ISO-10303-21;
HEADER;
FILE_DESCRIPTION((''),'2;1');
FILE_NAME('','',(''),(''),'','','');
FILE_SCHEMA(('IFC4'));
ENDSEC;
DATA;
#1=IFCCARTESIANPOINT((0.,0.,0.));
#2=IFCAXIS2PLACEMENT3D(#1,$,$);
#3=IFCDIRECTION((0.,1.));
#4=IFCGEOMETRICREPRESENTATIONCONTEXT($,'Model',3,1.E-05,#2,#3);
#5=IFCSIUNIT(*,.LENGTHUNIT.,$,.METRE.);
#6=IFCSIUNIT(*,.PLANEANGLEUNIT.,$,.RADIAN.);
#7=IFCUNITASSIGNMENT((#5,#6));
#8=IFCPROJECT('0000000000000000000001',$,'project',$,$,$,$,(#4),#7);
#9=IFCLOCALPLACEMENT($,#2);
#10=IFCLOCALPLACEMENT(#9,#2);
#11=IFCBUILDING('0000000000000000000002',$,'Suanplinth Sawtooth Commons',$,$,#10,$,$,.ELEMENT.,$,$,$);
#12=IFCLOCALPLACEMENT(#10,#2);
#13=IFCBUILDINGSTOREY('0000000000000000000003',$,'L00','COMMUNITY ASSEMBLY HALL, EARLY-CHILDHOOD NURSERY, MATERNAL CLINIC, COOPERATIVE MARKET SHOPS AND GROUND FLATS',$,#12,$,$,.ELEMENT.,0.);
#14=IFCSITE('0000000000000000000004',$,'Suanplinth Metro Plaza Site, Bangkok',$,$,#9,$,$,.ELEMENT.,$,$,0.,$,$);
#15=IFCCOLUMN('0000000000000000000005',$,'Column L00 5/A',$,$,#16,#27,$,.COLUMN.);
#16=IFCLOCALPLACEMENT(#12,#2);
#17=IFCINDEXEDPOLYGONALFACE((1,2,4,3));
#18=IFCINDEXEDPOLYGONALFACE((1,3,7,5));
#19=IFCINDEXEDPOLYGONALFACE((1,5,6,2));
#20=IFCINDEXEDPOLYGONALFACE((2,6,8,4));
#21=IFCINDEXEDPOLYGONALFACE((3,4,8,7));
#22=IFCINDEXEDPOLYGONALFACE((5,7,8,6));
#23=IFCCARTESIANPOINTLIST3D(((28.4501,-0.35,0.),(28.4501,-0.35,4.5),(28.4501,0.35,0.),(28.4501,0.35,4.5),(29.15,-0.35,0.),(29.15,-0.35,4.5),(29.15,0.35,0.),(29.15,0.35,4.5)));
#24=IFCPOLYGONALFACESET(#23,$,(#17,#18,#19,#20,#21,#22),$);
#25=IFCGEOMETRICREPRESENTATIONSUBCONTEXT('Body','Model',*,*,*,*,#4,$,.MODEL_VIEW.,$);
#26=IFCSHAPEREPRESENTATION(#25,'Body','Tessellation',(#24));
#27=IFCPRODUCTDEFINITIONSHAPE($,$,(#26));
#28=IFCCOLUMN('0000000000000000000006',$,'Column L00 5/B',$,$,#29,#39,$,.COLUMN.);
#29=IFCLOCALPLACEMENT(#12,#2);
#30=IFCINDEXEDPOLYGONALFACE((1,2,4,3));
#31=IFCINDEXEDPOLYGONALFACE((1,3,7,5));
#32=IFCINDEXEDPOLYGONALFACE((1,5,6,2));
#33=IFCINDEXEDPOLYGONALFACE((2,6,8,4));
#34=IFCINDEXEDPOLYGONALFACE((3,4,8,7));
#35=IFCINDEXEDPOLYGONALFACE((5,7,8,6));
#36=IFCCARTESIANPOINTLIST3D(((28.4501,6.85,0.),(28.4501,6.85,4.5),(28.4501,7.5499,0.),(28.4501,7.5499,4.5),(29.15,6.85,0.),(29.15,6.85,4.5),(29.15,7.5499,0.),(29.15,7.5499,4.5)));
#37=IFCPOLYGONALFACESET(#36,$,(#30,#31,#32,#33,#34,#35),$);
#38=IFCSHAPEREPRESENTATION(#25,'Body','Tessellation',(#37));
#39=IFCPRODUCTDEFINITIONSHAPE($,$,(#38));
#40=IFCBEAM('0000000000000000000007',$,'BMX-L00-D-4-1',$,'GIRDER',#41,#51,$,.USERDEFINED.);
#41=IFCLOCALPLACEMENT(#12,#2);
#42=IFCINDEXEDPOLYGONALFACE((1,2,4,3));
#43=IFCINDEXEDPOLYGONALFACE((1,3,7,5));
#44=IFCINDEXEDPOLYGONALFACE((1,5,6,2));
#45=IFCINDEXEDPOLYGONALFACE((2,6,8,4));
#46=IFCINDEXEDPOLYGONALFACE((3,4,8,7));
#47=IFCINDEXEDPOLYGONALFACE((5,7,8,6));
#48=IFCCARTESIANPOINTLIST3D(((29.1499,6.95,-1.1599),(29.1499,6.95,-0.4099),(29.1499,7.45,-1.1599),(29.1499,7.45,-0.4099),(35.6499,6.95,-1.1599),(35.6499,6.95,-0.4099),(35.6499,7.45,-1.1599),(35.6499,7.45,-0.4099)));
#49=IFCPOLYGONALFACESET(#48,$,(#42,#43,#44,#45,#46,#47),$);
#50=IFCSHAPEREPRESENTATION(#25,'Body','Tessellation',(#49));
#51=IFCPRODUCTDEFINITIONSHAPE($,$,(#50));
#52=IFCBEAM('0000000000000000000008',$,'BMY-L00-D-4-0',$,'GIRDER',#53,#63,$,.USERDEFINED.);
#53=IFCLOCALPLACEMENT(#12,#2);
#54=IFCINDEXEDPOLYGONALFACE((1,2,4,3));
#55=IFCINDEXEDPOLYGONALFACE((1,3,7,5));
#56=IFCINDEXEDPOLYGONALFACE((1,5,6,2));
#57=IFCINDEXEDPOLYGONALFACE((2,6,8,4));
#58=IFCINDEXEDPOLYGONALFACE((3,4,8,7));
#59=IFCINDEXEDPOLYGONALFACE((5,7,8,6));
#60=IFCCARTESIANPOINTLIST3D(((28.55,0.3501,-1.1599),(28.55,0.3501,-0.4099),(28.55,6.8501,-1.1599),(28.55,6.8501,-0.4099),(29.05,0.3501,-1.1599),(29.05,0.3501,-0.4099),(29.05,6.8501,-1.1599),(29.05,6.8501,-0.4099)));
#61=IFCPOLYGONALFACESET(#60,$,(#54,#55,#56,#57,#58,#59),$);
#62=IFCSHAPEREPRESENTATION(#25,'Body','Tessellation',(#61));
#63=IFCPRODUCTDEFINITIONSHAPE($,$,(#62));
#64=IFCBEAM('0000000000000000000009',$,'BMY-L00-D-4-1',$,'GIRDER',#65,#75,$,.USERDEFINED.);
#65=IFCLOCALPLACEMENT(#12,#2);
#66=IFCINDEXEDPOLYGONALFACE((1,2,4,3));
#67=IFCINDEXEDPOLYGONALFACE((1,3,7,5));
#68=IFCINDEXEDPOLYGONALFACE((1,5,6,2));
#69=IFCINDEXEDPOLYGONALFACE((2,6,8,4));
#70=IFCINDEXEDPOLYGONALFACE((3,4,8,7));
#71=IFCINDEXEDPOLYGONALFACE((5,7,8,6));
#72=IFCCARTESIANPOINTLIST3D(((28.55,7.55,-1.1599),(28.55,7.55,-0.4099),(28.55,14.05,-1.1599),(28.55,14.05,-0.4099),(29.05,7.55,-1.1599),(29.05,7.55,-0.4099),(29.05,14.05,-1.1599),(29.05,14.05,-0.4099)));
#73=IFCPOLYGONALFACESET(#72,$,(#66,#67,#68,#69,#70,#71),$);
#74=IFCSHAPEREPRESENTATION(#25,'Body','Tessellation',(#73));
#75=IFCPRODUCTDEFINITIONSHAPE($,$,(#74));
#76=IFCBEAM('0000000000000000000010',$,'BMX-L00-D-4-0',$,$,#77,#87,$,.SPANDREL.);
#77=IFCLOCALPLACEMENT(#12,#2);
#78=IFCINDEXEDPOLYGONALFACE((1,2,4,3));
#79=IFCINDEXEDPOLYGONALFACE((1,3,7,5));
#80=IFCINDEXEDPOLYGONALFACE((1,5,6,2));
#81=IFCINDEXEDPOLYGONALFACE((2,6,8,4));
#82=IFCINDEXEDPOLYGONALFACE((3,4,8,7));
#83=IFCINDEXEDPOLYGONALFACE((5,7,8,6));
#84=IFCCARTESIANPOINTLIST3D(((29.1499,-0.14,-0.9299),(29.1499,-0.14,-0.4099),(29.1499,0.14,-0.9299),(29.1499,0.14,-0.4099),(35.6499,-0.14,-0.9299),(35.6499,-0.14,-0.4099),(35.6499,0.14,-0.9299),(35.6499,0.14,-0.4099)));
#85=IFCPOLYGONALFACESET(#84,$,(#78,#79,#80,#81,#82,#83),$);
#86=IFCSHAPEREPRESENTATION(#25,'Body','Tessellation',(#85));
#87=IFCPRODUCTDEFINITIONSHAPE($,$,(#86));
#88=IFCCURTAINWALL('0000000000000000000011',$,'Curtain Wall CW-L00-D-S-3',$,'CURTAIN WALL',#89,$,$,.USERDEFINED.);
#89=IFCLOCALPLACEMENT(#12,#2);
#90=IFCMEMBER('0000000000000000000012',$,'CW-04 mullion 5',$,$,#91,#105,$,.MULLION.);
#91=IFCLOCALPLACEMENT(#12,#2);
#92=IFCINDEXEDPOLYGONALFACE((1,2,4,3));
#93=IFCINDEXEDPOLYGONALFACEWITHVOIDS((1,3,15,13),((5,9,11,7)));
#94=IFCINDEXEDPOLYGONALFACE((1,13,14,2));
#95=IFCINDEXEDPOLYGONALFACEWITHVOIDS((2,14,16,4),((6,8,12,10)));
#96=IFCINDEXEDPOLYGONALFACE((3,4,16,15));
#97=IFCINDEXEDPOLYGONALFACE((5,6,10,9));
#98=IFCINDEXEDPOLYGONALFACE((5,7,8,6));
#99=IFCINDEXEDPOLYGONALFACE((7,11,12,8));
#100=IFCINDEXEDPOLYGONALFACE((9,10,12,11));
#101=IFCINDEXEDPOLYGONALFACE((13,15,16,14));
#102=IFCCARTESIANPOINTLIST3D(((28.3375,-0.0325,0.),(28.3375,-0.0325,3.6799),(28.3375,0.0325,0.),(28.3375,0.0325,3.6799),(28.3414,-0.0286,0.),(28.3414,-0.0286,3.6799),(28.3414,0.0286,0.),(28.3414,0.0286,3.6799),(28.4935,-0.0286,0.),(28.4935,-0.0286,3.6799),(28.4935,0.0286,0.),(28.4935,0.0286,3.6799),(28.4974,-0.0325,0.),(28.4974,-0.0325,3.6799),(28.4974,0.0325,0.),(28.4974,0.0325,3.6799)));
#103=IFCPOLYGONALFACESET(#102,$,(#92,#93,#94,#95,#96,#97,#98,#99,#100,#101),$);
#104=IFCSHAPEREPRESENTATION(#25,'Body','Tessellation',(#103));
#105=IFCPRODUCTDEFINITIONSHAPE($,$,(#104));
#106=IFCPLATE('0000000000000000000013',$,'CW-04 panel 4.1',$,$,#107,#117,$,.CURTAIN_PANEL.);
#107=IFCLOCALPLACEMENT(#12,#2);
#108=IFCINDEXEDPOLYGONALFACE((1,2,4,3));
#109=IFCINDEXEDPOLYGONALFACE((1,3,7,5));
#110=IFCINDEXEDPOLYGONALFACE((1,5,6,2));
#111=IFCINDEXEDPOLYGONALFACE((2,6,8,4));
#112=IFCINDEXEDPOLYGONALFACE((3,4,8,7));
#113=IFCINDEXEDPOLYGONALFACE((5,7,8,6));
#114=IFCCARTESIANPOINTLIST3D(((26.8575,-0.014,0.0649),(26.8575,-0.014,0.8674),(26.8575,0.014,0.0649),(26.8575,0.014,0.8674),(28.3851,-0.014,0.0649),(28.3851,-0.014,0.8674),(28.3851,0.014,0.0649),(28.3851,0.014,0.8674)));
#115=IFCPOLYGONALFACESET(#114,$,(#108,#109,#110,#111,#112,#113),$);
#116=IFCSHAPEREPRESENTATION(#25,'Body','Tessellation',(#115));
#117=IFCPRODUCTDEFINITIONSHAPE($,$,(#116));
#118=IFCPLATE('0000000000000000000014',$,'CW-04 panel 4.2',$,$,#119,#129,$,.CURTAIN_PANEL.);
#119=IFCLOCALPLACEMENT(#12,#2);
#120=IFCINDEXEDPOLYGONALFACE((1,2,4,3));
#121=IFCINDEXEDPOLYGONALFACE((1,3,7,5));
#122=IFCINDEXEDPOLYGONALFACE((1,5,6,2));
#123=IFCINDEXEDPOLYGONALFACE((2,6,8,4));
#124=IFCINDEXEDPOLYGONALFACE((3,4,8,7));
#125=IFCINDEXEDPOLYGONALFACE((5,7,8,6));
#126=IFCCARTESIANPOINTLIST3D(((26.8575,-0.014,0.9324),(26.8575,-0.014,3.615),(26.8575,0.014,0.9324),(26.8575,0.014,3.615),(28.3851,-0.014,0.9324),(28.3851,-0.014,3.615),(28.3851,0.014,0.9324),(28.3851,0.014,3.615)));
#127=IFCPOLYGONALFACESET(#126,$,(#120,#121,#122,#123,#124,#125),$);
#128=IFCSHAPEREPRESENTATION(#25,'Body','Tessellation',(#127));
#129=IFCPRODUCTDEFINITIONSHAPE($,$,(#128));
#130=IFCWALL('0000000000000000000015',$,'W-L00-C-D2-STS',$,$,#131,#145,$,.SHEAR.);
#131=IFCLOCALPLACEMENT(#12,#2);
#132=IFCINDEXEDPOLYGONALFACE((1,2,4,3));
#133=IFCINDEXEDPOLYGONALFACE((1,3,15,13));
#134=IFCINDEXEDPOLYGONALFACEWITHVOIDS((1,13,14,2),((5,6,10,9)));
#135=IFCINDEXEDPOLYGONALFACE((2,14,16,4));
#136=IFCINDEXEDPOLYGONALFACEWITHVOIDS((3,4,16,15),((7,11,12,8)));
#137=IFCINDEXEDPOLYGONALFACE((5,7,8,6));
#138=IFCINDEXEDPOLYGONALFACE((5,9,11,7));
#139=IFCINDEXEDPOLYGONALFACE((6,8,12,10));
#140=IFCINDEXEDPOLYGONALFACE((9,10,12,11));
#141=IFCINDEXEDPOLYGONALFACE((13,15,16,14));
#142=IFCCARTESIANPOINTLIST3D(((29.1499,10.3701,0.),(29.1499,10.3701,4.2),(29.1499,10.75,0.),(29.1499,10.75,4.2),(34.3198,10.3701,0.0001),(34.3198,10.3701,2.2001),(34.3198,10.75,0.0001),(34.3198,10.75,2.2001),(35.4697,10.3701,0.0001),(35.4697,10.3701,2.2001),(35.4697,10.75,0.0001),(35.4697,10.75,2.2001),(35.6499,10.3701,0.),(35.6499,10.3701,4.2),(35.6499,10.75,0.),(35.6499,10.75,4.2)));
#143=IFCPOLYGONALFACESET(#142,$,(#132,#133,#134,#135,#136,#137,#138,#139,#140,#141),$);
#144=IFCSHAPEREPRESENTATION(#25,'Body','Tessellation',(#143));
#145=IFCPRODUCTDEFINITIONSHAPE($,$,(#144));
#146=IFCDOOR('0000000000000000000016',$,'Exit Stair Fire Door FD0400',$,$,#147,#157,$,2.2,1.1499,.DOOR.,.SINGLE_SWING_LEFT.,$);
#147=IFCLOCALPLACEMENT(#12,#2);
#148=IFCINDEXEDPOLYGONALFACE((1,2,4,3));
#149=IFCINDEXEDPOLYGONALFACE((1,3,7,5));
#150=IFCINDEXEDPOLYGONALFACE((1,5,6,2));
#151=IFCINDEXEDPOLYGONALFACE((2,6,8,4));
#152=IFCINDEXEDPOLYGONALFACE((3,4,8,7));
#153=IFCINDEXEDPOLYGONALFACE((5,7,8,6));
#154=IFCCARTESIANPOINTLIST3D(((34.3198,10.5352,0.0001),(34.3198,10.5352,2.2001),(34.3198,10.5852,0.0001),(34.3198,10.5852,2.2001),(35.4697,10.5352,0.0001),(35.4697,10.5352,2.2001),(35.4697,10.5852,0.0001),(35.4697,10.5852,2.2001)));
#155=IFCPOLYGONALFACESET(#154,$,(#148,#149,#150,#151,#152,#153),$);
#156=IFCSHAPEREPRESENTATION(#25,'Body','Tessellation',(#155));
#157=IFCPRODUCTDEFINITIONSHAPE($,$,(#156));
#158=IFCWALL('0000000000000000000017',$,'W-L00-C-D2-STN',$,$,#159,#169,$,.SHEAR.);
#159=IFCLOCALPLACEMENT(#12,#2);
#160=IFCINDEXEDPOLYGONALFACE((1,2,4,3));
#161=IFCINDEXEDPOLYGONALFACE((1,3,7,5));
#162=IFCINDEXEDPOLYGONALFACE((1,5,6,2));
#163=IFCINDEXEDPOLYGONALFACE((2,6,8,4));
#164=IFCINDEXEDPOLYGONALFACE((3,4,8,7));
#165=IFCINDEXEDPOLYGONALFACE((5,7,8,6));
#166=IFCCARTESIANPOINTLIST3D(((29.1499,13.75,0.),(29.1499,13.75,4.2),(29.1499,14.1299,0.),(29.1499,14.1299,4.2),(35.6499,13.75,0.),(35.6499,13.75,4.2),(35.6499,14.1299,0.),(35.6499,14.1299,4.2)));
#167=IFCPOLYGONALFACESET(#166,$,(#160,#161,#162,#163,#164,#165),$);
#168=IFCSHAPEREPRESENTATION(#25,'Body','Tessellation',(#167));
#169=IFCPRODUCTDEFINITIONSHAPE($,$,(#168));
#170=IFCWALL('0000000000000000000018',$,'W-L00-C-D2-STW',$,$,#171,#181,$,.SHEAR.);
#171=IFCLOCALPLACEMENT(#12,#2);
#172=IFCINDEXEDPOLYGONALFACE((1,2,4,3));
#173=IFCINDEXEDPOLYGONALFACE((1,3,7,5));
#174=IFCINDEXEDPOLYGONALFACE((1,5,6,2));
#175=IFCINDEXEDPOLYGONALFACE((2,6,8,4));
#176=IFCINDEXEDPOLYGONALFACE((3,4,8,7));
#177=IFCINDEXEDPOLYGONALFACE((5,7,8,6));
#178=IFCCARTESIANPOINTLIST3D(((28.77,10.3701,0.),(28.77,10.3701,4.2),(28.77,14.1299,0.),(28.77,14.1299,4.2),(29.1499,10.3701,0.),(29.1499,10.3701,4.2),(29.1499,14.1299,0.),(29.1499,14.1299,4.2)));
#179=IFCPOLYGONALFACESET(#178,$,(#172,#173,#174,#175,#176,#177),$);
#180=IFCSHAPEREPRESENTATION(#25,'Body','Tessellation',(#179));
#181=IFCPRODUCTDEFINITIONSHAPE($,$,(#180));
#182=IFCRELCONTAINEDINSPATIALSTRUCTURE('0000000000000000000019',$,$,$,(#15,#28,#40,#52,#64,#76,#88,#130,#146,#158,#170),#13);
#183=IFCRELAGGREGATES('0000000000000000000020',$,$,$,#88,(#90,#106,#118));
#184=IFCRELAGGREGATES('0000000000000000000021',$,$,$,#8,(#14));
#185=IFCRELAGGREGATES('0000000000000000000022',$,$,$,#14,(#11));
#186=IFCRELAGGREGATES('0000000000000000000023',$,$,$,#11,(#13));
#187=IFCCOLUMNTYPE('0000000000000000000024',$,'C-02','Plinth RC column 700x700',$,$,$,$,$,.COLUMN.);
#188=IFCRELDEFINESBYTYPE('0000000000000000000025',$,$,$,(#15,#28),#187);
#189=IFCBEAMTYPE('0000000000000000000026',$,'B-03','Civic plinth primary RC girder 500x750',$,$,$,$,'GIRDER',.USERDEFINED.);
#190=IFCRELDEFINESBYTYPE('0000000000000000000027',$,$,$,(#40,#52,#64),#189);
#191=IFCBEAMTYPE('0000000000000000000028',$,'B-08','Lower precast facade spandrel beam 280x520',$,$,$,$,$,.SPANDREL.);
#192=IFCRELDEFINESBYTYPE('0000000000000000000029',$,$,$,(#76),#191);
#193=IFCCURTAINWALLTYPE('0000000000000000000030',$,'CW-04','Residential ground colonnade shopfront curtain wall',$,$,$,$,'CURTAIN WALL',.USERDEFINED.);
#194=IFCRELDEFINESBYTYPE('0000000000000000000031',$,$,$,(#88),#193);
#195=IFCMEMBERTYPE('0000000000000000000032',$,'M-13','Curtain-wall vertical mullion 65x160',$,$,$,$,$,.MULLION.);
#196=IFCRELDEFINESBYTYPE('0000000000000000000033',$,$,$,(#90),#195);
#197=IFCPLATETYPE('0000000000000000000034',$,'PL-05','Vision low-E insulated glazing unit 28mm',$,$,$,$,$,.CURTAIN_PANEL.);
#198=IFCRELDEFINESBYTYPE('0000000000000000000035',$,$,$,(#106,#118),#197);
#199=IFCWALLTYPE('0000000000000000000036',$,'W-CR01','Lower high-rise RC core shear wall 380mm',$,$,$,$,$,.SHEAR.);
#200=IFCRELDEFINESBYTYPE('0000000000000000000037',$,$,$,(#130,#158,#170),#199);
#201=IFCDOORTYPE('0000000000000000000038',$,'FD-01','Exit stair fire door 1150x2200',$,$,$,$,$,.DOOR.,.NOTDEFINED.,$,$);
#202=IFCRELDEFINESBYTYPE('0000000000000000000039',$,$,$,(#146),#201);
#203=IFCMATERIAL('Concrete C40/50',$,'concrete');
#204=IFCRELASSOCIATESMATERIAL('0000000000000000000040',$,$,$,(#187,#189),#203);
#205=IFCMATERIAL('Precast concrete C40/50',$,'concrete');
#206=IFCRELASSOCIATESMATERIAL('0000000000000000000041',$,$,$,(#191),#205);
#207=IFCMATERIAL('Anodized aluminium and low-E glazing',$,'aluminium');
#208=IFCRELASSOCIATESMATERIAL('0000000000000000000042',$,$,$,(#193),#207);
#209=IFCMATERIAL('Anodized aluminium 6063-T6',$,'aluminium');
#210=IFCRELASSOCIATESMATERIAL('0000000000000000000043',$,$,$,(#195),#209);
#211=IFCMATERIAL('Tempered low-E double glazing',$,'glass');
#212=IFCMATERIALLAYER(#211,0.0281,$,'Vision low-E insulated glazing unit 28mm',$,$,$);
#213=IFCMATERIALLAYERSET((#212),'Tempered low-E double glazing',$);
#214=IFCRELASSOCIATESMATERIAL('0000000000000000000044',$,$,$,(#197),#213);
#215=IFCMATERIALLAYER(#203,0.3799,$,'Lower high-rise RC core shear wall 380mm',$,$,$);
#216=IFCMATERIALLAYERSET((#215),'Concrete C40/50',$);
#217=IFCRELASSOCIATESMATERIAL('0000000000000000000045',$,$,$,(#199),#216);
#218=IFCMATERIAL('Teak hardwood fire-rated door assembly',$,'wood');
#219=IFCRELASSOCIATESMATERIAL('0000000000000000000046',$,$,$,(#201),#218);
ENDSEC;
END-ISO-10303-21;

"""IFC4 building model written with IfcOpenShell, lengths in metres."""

from ifc_helpers import new_model, si_unit, direction, frame, frame_2d, origin, origin_2d, place, context, subcontext, project, spatial, rectangle, hollow_rectangle, extrude, material, layer, layer_set, material_profile, profile_set, type_object, element, fill, aggregate, save


model = new_model("IFC4")

# Units and contexts
model_context = context("Model", 3, precision=1e-05, world=origin(), true_north=direction((0.0, 1.0)))
body_context = subcontext(model_context, "Body", "Model", "MODEL_VIEW")
ifc_project = project(units=[si_unit("LENGTHUNIT", "METRE"), si_unit("PLANEANGLEUNIT", "RADIAN")], contexts=[model_context])

# Site, building, storey
site_placement = place(None, origin())
site = spatial("IfcSite", under=ifc_project, at=site_placement, Name="Suanplinth Metro Plaza Site, Bangkok", CompositionType="ELEMENT", RefElevation=0.0)
building_placement = place(site_placement, origin())
building = spatial("IfcBuilding", under=site, at=building_placement, Name="Suanplinth Sawtooth Commons", CompositionType="ELEMENT")
storey_placement = place(building_placement, origin())
storey = spatial("IfcBuildingStorey", under=building, at=storey_placement, Name="L00", Description="COMMUNITY ASSEMBLY HALL, EARLY-CHILDHOOD NURSERY, MATERNAL CLINIC, COOPERATIVE MARKET SHOPS AND GROUND FLATS", CompositionType="ELEMENT", Elevation=0.0)

# Columns
ifc_material_1 = material(Name="Concrete C40/50", Category="concrete")
ifc_material_profile_1 = material_profile(ifc_material_1, rectangle(XDim=0.7, YDim=0.7, at=origin_2d()), Name="RC-COL 700x700")
ifc_profile_set_1 = profile_set([ifc_material_profile_1], Name="Concrete C40/50")
column_type = type_object("IfcColumnType", Name="C-02", Description="Plinth RC column 700x700", PredefinedType="COLUMN", material=ifc_profile_set_1)
for number, where, z_axis, x_axis, name in (
    (1, (28.8, 0.0, 0.0), (0.0, 0.0, 1.0), (1.0, 0.0, 0.0), "Column L00 5/A"),
    (2, (28.8, 7.2, 0.0), (0.0, 0.0, 1.0), (1.0, 0.0, 0.0), "Column L00 5/B"),
):
    element("IfcColumn", number, at=place(storey_placement, frame(where, z_axis=z_axis, x_axis=x_axis)), inside=storey, type_object=column_type, Name=name, PredefinedType="COLUMN", context=body_context, shape_type="SweptSolid", body=[
        extrude(rectangle(XDim=0.7, YDim=0.7, at=origin_2d()), origin(), (0.0, 0.0, 1.0), 4.5),
    ])

# Beams
ifc_material_profile_2 = material_profile(ifc_material_1, rectangle(XDim=0.5, YDim=0.75, at=origin_2d()), Name="RC-GDR 500x750")
ifc_profile_set_2 = profile_set([ifc_material_profile_2], Name="Concrete C40/50")
beam_type_1 = type_object("IfcBeamType", Name="B-03", Description="Civic plinth primary RC girder 500x750", ElementType="GIRDER", PredefinedType="USERDEFINED", material=ifc_profile_set_2)
for number, where, z_axis, x_axis, name in (
    (3, (29.1499, 7.2, -0.7849), (1.0, 0.0, 0.0), (0.0, 1.0, 0.0), "BMX-L00-D-4-1"),
    (4, (28.8, 0.3501, -0.7849), (0.0, 1.0, 0.0), (-1.0, 0.0, 0.0), "BMY-L00-D-4-0"),
    (5, (28.8, 7.55, -0.7849), (0.0, 1.0, 0.0), (-1.0, 0.0, 0.0), "BMY-L00-D-4-1"),
):
    element("IfcBeam", number, at=place(storey_placement, frame(where, z_axis=z_axis, x_axis=x_axis)), inside=storey, type_object=beam_type_1, Name=name, ObjectType="GIRDER", PredefinedType="USERDEFINED", context=body_context, shape_type="SweptSolid", body=[
        extrude(rectangle(XDim=0.5, YDim=0.75, at=origin_2d()), origin(), (0.0, 0.0, 1.0), 6.5),
    ])
ifc_material_2 = material(Name="Precast concrete C40/50", Category="concrete")
ifc_material_profile_3 = material_profile(ifc_material_2, rectangle(XDim=0.28, YDim=0.52, at=origin_2d()), Name="PC-SP 280x520")
ifc_profile_set_3 = profile_set([ifc_material_profile_3], Name="Precast concrete C40/50")
beam_type_2 = type_object("IfcBeamType", Name="B-08", Description="Lower precast facade spandrel beam 280x520", PredefinedType="SPANDREL", material=ifc_profile_set_3)
beam_placement = place(storey_placement, frame((29.1499, 0.0, -0.6699), z_axis=(1.0, 0.0, 0.0), x_axis=(0.0, 1.0, 0.0)))
element("IfcBeam", 6, at=beam_placement, inside=storey, type_object=beam_type_2, Name="BMX-L00-D-4-0", PredefinedType="SPANDREL", context=body_context, shape_type="SweptSolid", body=[
    extrude(rectangle(XDim=0.28, YDim=0.52, at=origin_2d()), origin(), (0.0, 0.0, 1.0), 6.5),
])

# Curtain wall, member, plates
ifc_material_3 = material(Name="Anodized aluminium and low-E glazing", Category="aluminium")
curtain_wall_type = type_object("IfcCurtainWallType", Name="CW-04", Description="Residential ground colonnade shopfront curtain wall", ElementType="CURTAIN WALL", PredefinedType="USERDEFINED", material=ifc_material_3)
curtain_wall_placement = place(storey_placement, origin())
curtain_wall = element("IfcCurtainWall", 7, at=curtain_wall_placement, inside=storey, type_object=curtain_wall_type, Name="Curtain Wall CW-L00-D-S-3", ObjectType="CURTAIN WALL", PredefinedType="USERDEFINED")
ifc_material_4 = material(Name="Anodized aluminium 6063-T6", Category="aluminium")
ifc_material_profile_4 = material_profile(ifc_material_4, hollow_rectangle(XDim=0.0649, YDim=0.1599, WallThickness=0.0039, at=origin_2d()), Name="ALU-MUL 65x160")
ifc_profile_set_4 = profile_set([ifc_material_profile_4], Name="Anodized aluminium 6063-T6")
member_type = type_object("IfcMemberType", Name="M-13", Description="Curtain-wall vertical mullion 65x160", PredefinedType="MULLION", material=ifc_profile_set_4)
member_placement = place(storey_placement, frame((28.4175, 0.0, 0.0), z_axis=(0.0, 0.0, 1.0), x_axis=(0.0, 1.0, 0.0)))
member = element("IfcMember", 8, at=member_placement, type_object=member_type, Name="CW-04 mullion 5", PredefinedType="MULLION", context=body_context, shape_type="SweptSolid", body=[
    extrude(hollow_rectangle(XDim=0.0649, YDim=0.1599, WallThickness=0.0039, at=origin_2d()), origin(), (0.0, 0.0, 1.0), 3.6799),
])
ifc_material_5 = material(Name="Tempered low-E double glazing", Category="glass")
ifc_layer_1 = layer(ifc_material_5, 0.0281, Name="Vision low-E insulated glazing unit 28mm")
ifc_layer_set_1 = layer_set([ifc_layer_1], Name="Tempered low-E double glazing")
plate_type = type_object("IfcPlateType", Name="PL-05", Description="Vision low-E insulated glazing unit 28mm", PredefinedType="CURTAIN_PANEL", material=ifc_layer_set_1)
plate_1_placement = place(storey_placement, frame((27.6213, 0.0, 0.0649), z_axis=(0.0, 0.0, 1.0), x_axis=(1.0, 0.0, 0.0)))
plate_1 = element("IfcPlate", 9, at=plate_1_placement, type_object=plate_type, Name="CW-04 panel 4.1", PredefinedType="CURTAIN_PANEL", context=body_context, shape_type="SweptSolid", body=[
    extrude(rectangle(XDim=1.5276, YDim=0.0281, at=origin_2d()), origin(), (0.0, 0.0, 1.0), 0.8025),
])
plate_2_placement = place(storey_placement, frame((27.6213, 0.0, 0.9324), z_axis=(0.0, 0.0, 1.0), x_axis=(1.0, 0.0, 0.0)))
plate_2 = element("IfcPlate", 10, at=plate_2_placement, type_object=plate_type, Name="CW-04 panel 4.2", PredefinedType="CURTAIN_PANEL", context=body_context, shape_type="SweptSolid", body=[
    extrude(rectangle(XDim=1.5276, YDim=0.0281, at=origin_2d()), origin(), (0.0, 0.0, 1.0), 2.6826),
])
aggregate(curtain_wall, [member, plate_1, plate_2])

# Wall, opening, door
ifc_layer_2 = layer(ifc_material_1, 0.3799, Name="Lower high-rise RC core shear wall 380mm")
ifc_layer_set_2 = layer_set([ifc_layer_2], Name="Concrete C40/50")
wall_type_1 = type_object("IfcWallType", Name="W-CR01", Description="Lower high-rise RC core shear wall 380mm", PredefinedType="SHEAR", material=ifc_layer_set_2)
wall_1_placement = place(storey_placement, frame((29.1499, 10.5601, 0.0), z_axis=(0.0, 0.0, 1.0), x_axis=(1.0, 0.0, 0.0)))
wall_1 = element("IfcWall", 11, at=wall_1_placement, inside=storey, type_object=wall_type_1, Name="W-L00-C-D2-STS", PredefinedType="SHEAR", context=body_context, shape_type="SweptSolid", body=[
    extrude(rectangle(XDim=6.5, YDim=0.3799, at=frame_2d((3.25, 0.0))), origin(), (0.0, 0.0, 1.0), 4.2),
])
opening_1_placement = place(wall_1_placement, frame((5.1699, 0.0, 0.0)))
opening_1 = element("IfcOpeningElement", 12, at=opening_1_placement, cuts=wall_1, PredefinedType="OPENING", context=body_context, shape_type="SweptSolid", body=[
    extrude(rectangle(XDim=1.1499, YDim=2.2, at=frame_2d((0.575, 1.1001))), frame((0.0, 0.2048, 0.0), z_axis=(0.0, -1.0, 0.0), x_axis=(1.0, 0.0, 0.0)), (0.0, 0.0, 1.0), 0.4097),
])
ifc_material_6 = material(Name="Teak hardwood fire-rated door assembly", Category="wood")
door_type_1 = type_object("IfcDoorType", Name="FD-01", Description="Exit stair fire door 1150x2200", OperationType="NOTDEFINED", PredefinedType="DOOR", material=ifc_material_6)
door_1_placement = place(opening_1_placement, frame((1.1499, 0.0, 0.0), z_axis=(0.0, 0.0, 1.0), x_axis=(-1.0, 0.0, 0.0)))
door_1 = element("IfcDoor", 13, at=door_1_placement, inside=storey, type_object=door_type_1, Name="Exit Stair Fire Door FD0400", OperationType="SINGLE_SWING_LEFT", OverallHeight=2.2, OverallWidth=1.1499, PredefinedType="DOOR", context=body_context, shape_type="SweptSolid", body=[
    extrude(rectangle(XDim=1.1499, YDim=2.2, at=frame_2d((0.575, 1.1001))), frame((0.0, 0.0249, 0.0), z_axis=(0.0, -1.0, 0.0), x_axis=(1.0, 0.0, 0.0)), (0.0, 0.0, 1.0), 0.05),
])
fill(opening_1, door_1)

# Walls
wall_2_placement = place(storey_placement, frame((29.1499, 13.9399, 0.0), z_axis=(0.0, 0.0, 1.0), x_axis=(1.0, 0.0, 0.0)))
element("IfcWall", 14, at=wall_2_placement, inside=storey, type_object=wall_type_1, Name="W-L00-C-D2-STN", PredefinedType="SHEAR", context=body_context, shape_type="SweptSolid", body=[
    extrude(rectangle(XDim=6.5, YDim=0.3799, at=frame_2d((3.25, 0.0))), origin(), (0.0, 0.0, 1.0), 4.2),
])
wall_3_placement = place(storey_placement, frame((28.96, 10.3701, 0.0), z_axis=(0.0, 0.0, 1.0), x_axis=(0.0, 1.0, 0.0)))
element("IfcWall", 15, at=wall_3_placement, inside=storey, type_object=wall_type_1, Name="W-L00-C-D2-STW", PredefinedType="SHEAR", context=body_context, shape_type="SweptSolid", body=[
    extrude(rectangle(XDim=3.7598, YDim=0.3799, at=frame_2d((1.8799, 0.0))), origin(), (0.0, 0.0, 1.0), 4.2),
])

save(model, "model.ifc")
